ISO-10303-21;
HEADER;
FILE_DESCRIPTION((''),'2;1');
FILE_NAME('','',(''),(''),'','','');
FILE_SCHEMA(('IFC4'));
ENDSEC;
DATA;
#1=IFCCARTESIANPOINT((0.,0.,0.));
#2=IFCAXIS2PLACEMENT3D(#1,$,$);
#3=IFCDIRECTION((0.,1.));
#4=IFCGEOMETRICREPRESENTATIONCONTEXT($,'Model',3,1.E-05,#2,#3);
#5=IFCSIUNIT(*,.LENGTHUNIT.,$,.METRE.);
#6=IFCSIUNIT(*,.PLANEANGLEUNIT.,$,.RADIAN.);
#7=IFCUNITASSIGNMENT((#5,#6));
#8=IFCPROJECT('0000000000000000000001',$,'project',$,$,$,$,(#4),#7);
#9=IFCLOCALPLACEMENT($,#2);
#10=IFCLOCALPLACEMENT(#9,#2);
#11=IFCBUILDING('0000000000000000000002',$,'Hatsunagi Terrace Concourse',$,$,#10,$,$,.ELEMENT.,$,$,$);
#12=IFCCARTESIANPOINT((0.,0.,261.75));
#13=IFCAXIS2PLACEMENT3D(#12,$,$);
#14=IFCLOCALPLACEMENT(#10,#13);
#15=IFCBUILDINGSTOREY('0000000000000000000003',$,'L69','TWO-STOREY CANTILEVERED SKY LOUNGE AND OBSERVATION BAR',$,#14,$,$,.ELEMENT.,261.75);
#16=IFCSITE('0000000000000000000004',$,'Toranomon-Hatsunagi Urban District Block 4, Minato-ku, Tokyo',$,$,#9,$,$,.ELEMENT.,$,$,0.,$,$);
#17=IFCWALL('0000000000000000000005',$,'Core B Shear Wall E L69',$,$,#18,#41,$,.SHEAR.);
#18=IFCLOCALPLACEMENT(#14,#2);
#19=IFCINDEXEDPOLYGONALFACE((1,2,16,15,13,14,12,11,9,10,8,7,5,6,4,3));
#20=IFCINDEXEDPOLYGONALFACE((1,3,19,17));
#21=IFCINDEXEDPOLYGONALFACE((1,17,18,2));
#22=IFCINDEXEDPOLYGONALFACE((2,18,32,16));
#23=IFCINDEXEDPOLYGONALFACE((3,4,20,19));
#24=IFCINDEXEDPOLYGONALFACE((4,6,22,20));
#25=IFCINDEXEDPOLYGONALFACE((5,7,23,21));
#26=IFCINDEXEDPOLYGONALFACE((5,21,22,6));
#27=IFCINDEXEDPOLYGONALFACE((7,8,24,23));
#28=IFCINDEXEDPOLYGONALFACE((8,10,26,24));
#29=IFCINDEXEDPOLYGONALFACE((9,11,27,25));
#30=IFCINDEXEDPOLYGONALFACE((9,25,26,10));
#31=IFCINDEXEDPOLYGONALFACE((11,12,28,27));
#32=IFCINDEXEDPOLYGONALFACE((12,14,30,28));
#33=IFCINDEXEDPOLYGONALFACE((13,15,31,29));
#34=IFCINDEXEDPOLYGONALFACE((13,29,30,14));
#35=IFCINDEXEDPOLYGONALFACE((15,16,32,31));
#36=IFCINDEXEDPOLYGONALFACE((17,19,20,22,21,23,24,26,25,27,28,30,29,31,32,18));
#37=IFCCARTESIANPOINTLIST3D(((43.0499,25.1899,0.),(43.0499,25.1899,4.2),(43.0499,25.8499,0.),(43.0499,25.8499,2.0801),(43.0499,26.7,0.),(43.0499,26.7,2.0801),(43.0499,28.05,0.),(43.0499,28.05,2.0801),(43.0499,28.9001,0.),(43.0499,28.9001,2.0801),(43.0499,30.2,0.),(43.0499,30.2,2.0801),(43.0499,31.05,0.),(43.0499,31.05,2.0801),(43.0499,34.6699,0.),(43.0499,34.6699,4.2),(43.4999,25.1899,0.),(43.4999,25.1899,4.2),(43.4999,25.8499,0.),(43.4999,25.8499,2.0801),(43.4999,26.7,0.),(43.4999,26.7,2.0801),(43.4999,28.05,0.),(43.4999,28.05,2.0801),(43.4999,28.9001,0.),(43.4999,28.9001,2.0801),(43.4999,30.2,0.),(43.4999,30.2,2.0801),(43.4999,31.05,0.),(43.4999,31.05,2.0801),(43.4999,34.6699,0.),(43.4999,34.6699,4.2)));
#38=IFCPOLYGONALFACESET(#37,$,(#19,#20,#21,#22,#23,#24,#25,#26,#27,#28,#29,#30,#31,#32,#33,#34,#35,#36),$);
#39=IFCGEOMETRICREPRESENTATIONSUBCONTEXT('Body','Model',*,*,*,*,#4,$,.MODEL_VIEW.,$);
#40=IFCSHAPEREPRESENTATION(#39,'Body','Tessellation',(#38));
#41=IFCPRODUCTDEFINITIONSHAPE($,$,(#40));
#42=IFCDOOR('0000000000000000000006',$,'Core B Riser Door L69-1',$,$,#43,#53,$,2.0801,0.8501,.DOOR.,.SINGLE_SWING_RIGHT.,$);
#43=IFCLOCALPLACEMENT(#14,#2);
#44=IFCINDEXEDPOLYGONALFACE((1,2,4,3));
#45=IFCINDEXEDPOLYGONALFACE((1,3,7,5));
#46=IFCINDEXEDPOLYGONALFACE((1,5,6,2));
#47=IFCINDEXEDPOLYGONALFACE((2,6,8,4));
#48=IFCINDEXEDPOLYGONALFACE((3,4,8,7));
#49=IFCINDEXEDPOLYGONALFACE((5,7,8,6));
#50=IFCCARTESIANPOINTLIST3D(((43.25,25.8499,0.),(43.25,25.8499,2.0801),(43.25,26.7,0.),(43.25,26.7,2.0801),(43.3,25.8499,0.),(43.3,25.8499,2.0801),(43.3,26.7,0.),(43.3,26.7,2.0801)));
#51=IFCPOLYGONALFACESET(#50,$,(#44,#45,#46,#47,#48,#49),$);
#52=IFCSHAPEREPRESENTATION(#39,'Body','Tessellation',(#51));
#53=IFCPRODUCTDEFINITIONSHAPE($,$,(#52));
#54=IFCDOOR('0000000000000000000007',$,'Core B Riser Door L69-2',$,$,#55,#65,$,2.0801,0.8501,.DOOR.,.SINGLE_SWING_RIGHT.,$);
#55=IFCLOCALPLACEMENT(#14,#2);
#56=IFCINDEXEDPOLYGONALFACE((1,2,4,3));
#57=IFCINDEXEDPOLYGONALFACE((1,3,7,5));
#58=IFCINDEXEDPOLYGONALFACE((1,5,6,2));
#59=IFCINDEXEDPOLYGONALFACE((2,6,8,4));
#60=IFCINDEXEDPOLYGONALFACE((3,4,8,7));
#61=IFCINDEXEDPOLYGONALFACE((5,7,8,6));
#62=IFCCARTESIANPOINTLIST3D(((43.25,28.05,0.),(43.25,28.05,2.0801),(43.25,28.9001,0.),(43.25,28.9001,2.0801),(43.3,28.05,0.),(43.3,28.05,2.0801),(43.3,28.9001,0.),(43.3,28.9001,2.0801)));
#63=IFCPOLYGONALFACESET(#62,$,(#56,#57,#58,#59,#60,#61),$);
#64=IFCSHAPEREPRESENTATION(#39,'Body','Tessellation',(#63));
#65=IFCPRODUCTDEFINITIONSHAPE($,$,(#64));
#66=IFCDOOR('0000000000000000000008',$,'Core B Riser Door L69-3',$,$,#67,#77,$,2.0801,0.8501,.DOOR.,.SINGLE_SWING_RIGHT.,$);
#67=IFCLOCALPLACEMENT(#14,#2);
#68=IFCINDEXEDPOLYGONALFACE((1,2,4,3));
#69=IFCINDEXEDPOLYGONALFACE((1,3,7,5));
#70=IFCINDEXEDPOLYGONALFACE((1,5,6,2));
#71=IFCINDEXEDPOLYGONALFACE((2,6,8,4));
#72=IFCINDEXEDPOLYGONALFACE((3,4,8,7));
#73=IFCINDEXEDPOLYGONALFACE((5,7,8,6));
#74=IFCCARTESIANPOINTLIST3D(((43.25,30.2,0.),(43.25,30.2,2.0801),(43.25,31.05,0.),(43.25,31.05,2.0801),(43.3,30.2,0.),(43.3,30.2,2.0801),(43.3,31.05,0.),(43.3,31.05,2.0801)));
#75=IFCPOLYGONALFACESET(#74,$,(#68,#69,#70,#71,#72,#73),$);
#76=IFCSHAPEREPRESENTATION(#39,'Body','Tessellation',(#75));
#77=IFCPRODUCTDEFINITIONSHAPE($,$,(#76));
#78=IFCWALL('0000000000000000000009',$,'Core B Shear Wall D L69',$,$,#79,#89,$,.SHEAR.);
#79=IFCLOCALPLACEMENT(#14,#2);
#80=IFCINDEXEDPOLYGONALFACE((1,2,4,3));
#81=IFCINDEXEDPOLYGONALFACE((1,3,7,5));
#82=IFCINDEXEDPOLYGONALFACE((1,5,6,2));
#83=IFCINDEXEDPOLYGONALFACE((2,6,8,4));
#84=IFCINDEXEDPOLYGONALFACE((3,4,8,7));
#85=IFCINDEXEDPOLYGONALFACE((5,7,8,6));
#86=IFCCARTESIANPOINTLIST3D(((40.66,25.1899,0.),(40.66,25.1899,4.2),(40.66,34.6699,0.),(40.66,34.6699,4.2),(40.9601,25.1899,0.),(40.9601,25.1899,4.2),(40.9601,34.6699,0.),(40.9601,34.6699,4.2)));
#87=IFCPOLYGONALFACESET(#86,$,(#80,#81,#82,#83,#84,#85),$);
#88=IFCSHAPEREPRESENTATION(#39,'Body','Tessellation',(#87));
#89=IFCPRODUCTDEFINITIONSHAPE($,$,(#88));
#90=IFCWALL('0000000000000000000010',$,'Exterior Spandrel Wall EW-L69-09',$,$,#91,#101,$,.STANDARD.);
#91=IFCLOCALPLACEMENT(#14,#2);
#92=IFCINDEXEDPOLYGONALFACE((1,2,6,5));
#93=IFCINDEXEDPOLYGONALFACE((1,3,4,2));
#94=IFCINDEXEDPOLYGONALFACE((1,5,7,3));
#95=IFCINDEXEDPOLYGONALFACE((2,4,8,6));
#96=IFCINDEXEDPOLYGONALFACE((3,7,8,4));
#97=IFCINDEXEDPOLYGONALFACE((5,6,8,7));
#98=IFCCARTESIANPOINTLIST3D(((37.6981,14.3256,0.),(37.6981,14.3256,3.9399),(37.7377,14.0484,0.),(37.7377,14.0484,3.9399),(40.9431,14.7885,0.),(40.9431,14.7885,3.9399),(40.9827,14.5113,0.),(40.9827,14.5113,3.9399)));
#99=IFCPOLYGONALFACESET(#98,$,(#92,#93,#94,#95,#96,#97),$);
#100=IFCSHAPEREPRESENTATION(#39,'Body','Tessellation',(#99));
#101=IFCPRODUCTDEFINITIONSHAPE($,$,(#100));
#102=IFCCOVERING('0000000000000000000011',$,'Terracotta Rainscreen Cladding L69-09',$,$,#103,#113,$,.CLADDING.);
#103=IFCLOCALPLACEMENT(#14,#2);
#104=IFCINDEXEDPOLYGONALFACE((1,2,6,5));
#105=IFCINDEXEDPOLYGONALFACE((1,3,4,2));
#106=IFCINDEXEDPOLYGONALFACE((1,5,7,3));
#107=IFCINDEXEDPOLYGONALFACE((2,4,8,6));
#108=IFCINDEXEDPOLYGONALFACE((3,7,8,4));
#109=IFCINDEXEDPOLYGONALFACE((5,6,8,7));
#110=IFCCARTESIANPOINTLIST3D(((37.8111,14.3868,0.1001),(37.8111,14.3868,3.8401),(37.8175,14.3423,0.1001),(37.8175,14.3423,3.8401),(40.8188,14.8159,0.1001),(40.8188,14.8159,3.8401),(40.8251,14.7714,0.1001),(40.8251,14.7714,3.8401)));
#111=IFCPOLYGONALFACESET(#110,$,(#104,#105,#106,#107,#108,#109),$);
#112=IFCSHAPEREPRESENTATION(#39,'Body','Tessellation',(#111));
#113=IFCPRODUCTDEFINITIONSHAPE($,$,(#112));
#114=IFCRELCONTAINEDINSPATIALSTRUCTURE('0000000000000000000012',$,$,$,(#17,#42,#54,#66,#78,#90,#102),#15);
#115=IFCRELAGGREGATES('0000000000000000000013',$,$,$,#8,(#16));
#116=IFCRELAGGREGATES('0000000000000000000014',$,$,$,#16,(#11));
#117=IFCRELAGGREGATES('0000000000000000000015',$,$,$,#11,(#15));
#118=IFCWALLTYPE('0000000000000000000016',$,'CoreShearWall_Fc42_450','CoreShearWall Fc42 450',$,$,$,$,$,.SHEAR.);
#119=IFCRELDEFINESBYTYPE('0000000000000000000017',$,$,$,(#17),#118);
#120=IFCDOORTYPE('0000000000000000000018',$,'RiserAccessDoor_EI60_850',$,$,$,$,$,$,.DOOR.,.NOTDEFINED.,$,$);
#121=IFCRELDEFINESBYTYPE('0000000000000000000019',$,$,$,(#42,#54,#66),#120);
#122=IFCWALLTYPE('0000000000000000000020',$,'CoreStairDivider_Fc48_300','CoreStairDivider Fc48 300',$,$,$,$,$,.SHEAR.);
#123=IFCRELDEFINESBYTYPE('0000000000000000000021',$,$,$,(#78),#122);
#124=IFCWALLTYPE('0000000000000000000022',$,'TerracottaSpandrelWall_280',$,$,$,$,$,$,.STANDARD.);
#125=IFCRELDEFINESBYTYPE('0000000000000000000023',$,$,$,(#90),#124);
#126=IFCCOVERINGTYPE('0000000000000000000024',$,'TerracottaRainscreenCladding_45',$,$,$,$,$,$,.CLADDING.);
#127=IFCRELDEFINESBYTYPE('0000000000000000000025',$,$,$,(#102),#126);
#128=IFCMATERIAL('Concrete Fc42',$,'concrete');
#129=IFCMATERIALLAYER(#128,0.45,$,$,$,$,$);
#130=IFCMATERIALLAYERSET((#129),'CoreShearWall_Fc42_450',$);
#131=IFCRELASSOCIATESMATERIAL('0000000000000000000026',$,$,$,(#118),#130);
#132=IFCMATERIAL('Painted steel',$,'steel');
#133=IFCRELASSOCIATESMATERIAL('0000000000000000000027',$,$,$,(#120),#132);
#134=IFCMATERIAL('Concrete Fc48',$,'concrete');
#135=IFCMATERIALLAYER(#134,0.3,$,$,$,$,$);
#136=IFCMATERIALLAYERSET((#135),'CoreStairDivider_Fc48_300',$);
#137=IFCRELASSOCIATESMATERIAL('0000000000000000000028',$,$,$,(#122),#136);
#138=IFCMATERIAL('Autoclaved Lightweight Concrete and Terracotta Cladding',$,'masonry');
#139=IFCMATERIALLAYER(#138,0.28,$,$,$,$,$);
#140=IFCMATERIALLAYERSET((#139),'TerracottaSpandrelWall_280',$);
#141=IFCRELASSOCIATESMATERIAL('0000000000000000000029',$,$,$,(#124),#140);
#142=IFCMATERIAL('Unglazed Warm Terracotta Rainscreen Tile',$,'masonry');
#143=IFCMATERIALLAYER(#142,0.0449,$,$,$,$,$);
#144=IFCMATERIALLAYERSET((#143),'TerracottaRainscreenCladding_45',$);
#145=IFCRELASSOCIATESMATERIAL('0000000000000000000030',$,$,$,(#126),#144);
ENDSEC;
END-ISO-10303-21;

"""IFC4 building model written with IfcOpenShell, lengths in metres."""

from ifc_helpers import new_model, si_unit, direction, frame, frame_2d, origin, origin_2d, place, context, subcontext, project, spatial, rectangle, extrude, material, layer, layer_set, type_object, element, fill, save


model = new_model("IFC4")

# Units and contexts
model_context = context("Model", 3, precision=1e-05, world=origin(), true_north=direction((0.0, 1.0)))
body_context = subcontext(model_context, "Body", "Model", "MODEL_VIEW")
ifc_project = project(units=[si_unit("LENGTHUNIT", "METRE"), si_unit("PLANEANGLEUNIT", "RADIAN")], contexts=[model_context])

# Site, building, storey
site_placement = place(None, origin())
site = spatial("IfcSite", under=ifc_project, at=site_placement, Name="Toranomon-Hatsunagi Urban District Block 4, Minato-ku, Tokyo", CompositionType="ELEMENT", RefElevation=0.0)
building_placement = place(site_placement, origin())
building = spatial("IfcBuilding", under=site, at=building_placement, Name="Hatsunagi Terrace Concourse", CompositionType="ELEMENT")
storey_placement = place(building_placement, frame((0.0, 0.0, 261.75)))
storey = spatial("IfcBuildingStorey", under=building, at=storey_placement, Name="L69", Description="TWO-STOREY CANTILEVERED SKY LOUNGE AND OBSERVATION BAR", CompositionType="ELEMENT", Elevation=261.75)

# Wall, openings, doors
ifc_material_1 = material(Name="Concrete Fc42", Category="concrete")
ifc_layer_1 = layer(ifc_material_1, 0.45)
ifc_layer_set_1 = layer_set([ifc_layer_1], Name="CoreShearWall_Fc42_450")
wall_type_1 = type_object("IfcWallType", Name="CoreShearWall_Fc42_450", Description="CoreShearWall Fc42 450", PredefinedType="SHEAR", material=ifc_layer_set_1)
wall_1_placement = place(storey_placement, frame((43.2749, 25.1899, 0.0), z_axis=(0.0, 0.0, 1.0), x_axis=(0.0, 1.0, 0.0)))
wall_1 = element("IfcWall", 1, at=wall_1_placement, inside=storey, type_object=wall_type_1, Name="Core B Shear Wall E L69", PredefinedType="SHEAR", context=body_context, shape_type="SweptSolid", body=[
    extrude(rectangle(XDim=9.48, YDim=0.45, at=frame_2d((4.74, 0.0))), origin(), (0.0, 0.0, 1.0), 4.2),
])
opening_1_placement = place(wall_1_placement, frame((0.6599, 0.0, 0.0)))
opening_1 = element("IfcOpeningElement", 2, at=opening_1_placement, cuts=wall_1, PredefinedType="OPENING", context=body_context, shape_type="SweptSolid", body=[
    extrude(rectangle(XDim=0.8501, YDim=2.0801, at=frame_2d((0.425, 1.04))), frame((0.0, 0.2349, 0.0), z_axis=(0.0, -1.0, 0.0), x_axis=(1.0, 0.0, 0.0)), (0.0, 0.0, 1.0), 0.47),
])
opening_2_placement = place(wall_1_placement, frame((2.8601, 0.0, 0.0)))
opening_2 = element("IfcOpeningElement", 3, at=opening_2_placement, cuts=wall_1, PredefinedType="OPENING", context=body_context, shape_type="SweptSolid", body=[
    extrude(rectangle(XDim=0.8501, YDim=2.0801, at=frame_2d((0.425, 1.04))), frame((0.0, 0.2349, 0.0), z_axis=(0.0, -1.0, 0.0), x_axis=(1.0, 0.0, 0.0)), (0.0, 0.0, 1.0), 0.47),
])
opening_3_placement = place(wall_1_placement, frame((5.01, 0.0, 0.0)))
opening_3 = element("IfcOpeningElement", 4, at=opening_3_placement, cuts=wall_1, PredefinedType="OPENING", context=body_context, shape_type="SweptSolid", body=[
    extrude(rectangle(XDim=0.8501, YDim=2.0801, at=frame_2d((0.425, 1.04))), frame((0.0, 0.2349, 0.0), z_axis=(0.0, -1.0, 0.0), x_axis=(1.0, 0.0, 0.0)), (0.0, 0.0, 1.0), 0.47),
])
ifc_material_2 = material(Name="Painted steel", Category="steel")
door_type = type_object("IfcDoorType", Name="RiserAccessDoor_EI60_850", OperationType="NOTDEFINED", PredefinedType="DOOR", material=ifc_material_2)
door_1_placement = place(opening_1_placement, origin())
door_1 = element("IfcDoor", 5, at=door_1_placement, inside=storey, type_object=door_type, Name="Core B Riser Door L69-1", OperationType="SINGLE_SWING_RIGHT", OverallHeight=2.0801, OverallWidth=0.8501, PredefinedType="DOOR", context=body_context, shape_type="SweptSolid", body=[
    extrude(rectangle(XDim=0.8501, YDim=2.0801, at=frame_2d((0.425, 1.04))), frame((0.0, 0.0249, 0.0), z_axis=(0.0, -1.0, 0.0), x_axis=(1.0, 0.0, 0.0)), (0.0, 0.0, 1.0), 0.05),
])
fill(opening_1, door_1)
door_2_placement = place(opening_2_placement, origin())
door_2 = element("IfcDoor", 6, at=door_2_placement, inside=storey, type_object=door_type, Name="Core B Riser Door L69-2", OperationType="SINGLE_SWING_RIGHT", OverallHeight=2.0801, OverallWidth=0.8501, PredefinedType="DOOR", context=body_context, shape_type="SweptSolid", body=[
    extrude(rectangle(XDim=0.8501, YDim=2.0801, at=frame_2d((0.425, 1.04))), frame((0.0, 0.0249, 0.0), z_axis=(0.0, -1.0, 0.0), x_axis=(1.0, 0.0, 0.0)), (0.0, 0.0, 1.0), 0.05),
])
fill(opening_2, door_2)
door_3_placement = place(opening_3_placement, origin())
door_3 = element("IfcDoor", 7, at=door_3_placement, inside=storey, type_object=door_type, Name="Core B Riser Door L69-3", OperationType="SINGLE_SWING_RIGHT", OverallHeight=2.0801, OverallWidth=0.8501, PredefinedType="DOOR", context=body_context, shape_type="SweptSolid", body=[
    extrude(rectangle(XDim=0.8501, YDim=2.0801, at=frame_2d((0.425, 1.04))), frame((0.0, 0.0249, 0.0), z_axis=(0.0, -1.0, 0.0), x_axis=(1.0, 0.0, 0.0)), (0.0, 0.0, 1.0), 0.05),
])
fill(opening_3, door_3)

# Walls
ifc_material_3 = material(Name="Concrete Fc48", Category="concrete")
ifc_layer_2 = layer(ifc_material_3, 0.3)
ifc_layer_set_2 = layer_set([ifc_layer_2], Name="CoreStairDivider_Fc48_300")
wall_type_2 = type_object("IfcWallType", Name="CoreStairDivider_Fc48_300", Description="CoreStairDivider Fc48 300", PredefinedType="SHEAR", material=ifc_layer_set_2)
wall_2_placement = place(storey_placement, frame((40.8101, 25.1899, 0.0), z_axis=(0.0, 0.0, 1.0), x_axis=(0.0, 1.0, 0.0)))
element("IfcWall", 8, at=wall_2_placement, inside=storey, type_object=wall_type_2, Name="Core B Shear Wall D L69", PredefinedType="SHEAR", context=body_context, shape_type="SweptSolid", body=[
    extrude(rectangle(XDim=9.48, YDim=0.3, at=frame_2d((4.74, 0.0))), origin(), (0.0, 0.0, 1.0), 4.2),
])
ifc_material_4 = material(Name="Autoclaved Lightweight Concrete and Terracotta Cladding", Category="masonry")
ifc_layer_3 = layer(ifc_material_4, 0.28)
ifc_layer_set_3 = layer_set([ifc_layer_3], Name="TerracottaSpandrelWall_280")
wall_type_3 = type_object("IfcWallType", Name="TerracottaSpandrelWall_280", PredefinedType="STANDARD", material=ifc_layer_set_3)
wall_3_placement = place(storey_placement, frame((40.9629, 14.6499, 0.0), z_axis=(0.0, 0.0, 1.0), x_axis=(-0.989978, -0.141223, 0.0)))
element("IfcWall", 9, at=wall_3_placement, inside=storey, type_object=wall_type_3, Name="Exterior Spandrel Wall EW-L69-09", PredefinedType="STANDARD", context=body_context, shape_type="SweptSolid", body=[
    extrude(rectangle(XDim=3.2778, YDim=0.28, at=frame_2d((1.6389, 0.0))), origin(), (0.0, 0.0, 1.0), 3.9399),
])

# Covering
ifc_material_5 = material(Name="Unglazed Warm Terracotta Rainscreen Tile", Category="masonry")
ifc_layer_4 = layer(ifc_material_5, 0.0449)
ifc_layer_set_4 = layer_set([ifc_layer_4], Name="TerracottaRainscreenCladding_45")
covering_type = type_object("IfcCoveringType", Name="TerracottaRainscreenCladding_45", PredefinedType="CLADDING", material=ifc_layer_set_4)
covering_placement = place(storey_placement, frame((39.3181, 14.5791, 0.1001), z_axis=(0.0, 0.0, 1.0), x_axis=(-0.989974, -0.14125, 0.0)))
element("IfcCovering", 10, at=covering_placement, inside=storey, type_object=covering_type, Name="Terracotta Rainscreen Cladding L69-09", PredefinedType="CLADDING", context=body_context, shape_type="SweptSolid", body=[
    extrude(rectangle(XDim=3.0381, YDim=0.0449, at=origin_2d()), origin(), (0.0, 0.0, 1.0), 3.74),
])

save(model, "model.ifc")
